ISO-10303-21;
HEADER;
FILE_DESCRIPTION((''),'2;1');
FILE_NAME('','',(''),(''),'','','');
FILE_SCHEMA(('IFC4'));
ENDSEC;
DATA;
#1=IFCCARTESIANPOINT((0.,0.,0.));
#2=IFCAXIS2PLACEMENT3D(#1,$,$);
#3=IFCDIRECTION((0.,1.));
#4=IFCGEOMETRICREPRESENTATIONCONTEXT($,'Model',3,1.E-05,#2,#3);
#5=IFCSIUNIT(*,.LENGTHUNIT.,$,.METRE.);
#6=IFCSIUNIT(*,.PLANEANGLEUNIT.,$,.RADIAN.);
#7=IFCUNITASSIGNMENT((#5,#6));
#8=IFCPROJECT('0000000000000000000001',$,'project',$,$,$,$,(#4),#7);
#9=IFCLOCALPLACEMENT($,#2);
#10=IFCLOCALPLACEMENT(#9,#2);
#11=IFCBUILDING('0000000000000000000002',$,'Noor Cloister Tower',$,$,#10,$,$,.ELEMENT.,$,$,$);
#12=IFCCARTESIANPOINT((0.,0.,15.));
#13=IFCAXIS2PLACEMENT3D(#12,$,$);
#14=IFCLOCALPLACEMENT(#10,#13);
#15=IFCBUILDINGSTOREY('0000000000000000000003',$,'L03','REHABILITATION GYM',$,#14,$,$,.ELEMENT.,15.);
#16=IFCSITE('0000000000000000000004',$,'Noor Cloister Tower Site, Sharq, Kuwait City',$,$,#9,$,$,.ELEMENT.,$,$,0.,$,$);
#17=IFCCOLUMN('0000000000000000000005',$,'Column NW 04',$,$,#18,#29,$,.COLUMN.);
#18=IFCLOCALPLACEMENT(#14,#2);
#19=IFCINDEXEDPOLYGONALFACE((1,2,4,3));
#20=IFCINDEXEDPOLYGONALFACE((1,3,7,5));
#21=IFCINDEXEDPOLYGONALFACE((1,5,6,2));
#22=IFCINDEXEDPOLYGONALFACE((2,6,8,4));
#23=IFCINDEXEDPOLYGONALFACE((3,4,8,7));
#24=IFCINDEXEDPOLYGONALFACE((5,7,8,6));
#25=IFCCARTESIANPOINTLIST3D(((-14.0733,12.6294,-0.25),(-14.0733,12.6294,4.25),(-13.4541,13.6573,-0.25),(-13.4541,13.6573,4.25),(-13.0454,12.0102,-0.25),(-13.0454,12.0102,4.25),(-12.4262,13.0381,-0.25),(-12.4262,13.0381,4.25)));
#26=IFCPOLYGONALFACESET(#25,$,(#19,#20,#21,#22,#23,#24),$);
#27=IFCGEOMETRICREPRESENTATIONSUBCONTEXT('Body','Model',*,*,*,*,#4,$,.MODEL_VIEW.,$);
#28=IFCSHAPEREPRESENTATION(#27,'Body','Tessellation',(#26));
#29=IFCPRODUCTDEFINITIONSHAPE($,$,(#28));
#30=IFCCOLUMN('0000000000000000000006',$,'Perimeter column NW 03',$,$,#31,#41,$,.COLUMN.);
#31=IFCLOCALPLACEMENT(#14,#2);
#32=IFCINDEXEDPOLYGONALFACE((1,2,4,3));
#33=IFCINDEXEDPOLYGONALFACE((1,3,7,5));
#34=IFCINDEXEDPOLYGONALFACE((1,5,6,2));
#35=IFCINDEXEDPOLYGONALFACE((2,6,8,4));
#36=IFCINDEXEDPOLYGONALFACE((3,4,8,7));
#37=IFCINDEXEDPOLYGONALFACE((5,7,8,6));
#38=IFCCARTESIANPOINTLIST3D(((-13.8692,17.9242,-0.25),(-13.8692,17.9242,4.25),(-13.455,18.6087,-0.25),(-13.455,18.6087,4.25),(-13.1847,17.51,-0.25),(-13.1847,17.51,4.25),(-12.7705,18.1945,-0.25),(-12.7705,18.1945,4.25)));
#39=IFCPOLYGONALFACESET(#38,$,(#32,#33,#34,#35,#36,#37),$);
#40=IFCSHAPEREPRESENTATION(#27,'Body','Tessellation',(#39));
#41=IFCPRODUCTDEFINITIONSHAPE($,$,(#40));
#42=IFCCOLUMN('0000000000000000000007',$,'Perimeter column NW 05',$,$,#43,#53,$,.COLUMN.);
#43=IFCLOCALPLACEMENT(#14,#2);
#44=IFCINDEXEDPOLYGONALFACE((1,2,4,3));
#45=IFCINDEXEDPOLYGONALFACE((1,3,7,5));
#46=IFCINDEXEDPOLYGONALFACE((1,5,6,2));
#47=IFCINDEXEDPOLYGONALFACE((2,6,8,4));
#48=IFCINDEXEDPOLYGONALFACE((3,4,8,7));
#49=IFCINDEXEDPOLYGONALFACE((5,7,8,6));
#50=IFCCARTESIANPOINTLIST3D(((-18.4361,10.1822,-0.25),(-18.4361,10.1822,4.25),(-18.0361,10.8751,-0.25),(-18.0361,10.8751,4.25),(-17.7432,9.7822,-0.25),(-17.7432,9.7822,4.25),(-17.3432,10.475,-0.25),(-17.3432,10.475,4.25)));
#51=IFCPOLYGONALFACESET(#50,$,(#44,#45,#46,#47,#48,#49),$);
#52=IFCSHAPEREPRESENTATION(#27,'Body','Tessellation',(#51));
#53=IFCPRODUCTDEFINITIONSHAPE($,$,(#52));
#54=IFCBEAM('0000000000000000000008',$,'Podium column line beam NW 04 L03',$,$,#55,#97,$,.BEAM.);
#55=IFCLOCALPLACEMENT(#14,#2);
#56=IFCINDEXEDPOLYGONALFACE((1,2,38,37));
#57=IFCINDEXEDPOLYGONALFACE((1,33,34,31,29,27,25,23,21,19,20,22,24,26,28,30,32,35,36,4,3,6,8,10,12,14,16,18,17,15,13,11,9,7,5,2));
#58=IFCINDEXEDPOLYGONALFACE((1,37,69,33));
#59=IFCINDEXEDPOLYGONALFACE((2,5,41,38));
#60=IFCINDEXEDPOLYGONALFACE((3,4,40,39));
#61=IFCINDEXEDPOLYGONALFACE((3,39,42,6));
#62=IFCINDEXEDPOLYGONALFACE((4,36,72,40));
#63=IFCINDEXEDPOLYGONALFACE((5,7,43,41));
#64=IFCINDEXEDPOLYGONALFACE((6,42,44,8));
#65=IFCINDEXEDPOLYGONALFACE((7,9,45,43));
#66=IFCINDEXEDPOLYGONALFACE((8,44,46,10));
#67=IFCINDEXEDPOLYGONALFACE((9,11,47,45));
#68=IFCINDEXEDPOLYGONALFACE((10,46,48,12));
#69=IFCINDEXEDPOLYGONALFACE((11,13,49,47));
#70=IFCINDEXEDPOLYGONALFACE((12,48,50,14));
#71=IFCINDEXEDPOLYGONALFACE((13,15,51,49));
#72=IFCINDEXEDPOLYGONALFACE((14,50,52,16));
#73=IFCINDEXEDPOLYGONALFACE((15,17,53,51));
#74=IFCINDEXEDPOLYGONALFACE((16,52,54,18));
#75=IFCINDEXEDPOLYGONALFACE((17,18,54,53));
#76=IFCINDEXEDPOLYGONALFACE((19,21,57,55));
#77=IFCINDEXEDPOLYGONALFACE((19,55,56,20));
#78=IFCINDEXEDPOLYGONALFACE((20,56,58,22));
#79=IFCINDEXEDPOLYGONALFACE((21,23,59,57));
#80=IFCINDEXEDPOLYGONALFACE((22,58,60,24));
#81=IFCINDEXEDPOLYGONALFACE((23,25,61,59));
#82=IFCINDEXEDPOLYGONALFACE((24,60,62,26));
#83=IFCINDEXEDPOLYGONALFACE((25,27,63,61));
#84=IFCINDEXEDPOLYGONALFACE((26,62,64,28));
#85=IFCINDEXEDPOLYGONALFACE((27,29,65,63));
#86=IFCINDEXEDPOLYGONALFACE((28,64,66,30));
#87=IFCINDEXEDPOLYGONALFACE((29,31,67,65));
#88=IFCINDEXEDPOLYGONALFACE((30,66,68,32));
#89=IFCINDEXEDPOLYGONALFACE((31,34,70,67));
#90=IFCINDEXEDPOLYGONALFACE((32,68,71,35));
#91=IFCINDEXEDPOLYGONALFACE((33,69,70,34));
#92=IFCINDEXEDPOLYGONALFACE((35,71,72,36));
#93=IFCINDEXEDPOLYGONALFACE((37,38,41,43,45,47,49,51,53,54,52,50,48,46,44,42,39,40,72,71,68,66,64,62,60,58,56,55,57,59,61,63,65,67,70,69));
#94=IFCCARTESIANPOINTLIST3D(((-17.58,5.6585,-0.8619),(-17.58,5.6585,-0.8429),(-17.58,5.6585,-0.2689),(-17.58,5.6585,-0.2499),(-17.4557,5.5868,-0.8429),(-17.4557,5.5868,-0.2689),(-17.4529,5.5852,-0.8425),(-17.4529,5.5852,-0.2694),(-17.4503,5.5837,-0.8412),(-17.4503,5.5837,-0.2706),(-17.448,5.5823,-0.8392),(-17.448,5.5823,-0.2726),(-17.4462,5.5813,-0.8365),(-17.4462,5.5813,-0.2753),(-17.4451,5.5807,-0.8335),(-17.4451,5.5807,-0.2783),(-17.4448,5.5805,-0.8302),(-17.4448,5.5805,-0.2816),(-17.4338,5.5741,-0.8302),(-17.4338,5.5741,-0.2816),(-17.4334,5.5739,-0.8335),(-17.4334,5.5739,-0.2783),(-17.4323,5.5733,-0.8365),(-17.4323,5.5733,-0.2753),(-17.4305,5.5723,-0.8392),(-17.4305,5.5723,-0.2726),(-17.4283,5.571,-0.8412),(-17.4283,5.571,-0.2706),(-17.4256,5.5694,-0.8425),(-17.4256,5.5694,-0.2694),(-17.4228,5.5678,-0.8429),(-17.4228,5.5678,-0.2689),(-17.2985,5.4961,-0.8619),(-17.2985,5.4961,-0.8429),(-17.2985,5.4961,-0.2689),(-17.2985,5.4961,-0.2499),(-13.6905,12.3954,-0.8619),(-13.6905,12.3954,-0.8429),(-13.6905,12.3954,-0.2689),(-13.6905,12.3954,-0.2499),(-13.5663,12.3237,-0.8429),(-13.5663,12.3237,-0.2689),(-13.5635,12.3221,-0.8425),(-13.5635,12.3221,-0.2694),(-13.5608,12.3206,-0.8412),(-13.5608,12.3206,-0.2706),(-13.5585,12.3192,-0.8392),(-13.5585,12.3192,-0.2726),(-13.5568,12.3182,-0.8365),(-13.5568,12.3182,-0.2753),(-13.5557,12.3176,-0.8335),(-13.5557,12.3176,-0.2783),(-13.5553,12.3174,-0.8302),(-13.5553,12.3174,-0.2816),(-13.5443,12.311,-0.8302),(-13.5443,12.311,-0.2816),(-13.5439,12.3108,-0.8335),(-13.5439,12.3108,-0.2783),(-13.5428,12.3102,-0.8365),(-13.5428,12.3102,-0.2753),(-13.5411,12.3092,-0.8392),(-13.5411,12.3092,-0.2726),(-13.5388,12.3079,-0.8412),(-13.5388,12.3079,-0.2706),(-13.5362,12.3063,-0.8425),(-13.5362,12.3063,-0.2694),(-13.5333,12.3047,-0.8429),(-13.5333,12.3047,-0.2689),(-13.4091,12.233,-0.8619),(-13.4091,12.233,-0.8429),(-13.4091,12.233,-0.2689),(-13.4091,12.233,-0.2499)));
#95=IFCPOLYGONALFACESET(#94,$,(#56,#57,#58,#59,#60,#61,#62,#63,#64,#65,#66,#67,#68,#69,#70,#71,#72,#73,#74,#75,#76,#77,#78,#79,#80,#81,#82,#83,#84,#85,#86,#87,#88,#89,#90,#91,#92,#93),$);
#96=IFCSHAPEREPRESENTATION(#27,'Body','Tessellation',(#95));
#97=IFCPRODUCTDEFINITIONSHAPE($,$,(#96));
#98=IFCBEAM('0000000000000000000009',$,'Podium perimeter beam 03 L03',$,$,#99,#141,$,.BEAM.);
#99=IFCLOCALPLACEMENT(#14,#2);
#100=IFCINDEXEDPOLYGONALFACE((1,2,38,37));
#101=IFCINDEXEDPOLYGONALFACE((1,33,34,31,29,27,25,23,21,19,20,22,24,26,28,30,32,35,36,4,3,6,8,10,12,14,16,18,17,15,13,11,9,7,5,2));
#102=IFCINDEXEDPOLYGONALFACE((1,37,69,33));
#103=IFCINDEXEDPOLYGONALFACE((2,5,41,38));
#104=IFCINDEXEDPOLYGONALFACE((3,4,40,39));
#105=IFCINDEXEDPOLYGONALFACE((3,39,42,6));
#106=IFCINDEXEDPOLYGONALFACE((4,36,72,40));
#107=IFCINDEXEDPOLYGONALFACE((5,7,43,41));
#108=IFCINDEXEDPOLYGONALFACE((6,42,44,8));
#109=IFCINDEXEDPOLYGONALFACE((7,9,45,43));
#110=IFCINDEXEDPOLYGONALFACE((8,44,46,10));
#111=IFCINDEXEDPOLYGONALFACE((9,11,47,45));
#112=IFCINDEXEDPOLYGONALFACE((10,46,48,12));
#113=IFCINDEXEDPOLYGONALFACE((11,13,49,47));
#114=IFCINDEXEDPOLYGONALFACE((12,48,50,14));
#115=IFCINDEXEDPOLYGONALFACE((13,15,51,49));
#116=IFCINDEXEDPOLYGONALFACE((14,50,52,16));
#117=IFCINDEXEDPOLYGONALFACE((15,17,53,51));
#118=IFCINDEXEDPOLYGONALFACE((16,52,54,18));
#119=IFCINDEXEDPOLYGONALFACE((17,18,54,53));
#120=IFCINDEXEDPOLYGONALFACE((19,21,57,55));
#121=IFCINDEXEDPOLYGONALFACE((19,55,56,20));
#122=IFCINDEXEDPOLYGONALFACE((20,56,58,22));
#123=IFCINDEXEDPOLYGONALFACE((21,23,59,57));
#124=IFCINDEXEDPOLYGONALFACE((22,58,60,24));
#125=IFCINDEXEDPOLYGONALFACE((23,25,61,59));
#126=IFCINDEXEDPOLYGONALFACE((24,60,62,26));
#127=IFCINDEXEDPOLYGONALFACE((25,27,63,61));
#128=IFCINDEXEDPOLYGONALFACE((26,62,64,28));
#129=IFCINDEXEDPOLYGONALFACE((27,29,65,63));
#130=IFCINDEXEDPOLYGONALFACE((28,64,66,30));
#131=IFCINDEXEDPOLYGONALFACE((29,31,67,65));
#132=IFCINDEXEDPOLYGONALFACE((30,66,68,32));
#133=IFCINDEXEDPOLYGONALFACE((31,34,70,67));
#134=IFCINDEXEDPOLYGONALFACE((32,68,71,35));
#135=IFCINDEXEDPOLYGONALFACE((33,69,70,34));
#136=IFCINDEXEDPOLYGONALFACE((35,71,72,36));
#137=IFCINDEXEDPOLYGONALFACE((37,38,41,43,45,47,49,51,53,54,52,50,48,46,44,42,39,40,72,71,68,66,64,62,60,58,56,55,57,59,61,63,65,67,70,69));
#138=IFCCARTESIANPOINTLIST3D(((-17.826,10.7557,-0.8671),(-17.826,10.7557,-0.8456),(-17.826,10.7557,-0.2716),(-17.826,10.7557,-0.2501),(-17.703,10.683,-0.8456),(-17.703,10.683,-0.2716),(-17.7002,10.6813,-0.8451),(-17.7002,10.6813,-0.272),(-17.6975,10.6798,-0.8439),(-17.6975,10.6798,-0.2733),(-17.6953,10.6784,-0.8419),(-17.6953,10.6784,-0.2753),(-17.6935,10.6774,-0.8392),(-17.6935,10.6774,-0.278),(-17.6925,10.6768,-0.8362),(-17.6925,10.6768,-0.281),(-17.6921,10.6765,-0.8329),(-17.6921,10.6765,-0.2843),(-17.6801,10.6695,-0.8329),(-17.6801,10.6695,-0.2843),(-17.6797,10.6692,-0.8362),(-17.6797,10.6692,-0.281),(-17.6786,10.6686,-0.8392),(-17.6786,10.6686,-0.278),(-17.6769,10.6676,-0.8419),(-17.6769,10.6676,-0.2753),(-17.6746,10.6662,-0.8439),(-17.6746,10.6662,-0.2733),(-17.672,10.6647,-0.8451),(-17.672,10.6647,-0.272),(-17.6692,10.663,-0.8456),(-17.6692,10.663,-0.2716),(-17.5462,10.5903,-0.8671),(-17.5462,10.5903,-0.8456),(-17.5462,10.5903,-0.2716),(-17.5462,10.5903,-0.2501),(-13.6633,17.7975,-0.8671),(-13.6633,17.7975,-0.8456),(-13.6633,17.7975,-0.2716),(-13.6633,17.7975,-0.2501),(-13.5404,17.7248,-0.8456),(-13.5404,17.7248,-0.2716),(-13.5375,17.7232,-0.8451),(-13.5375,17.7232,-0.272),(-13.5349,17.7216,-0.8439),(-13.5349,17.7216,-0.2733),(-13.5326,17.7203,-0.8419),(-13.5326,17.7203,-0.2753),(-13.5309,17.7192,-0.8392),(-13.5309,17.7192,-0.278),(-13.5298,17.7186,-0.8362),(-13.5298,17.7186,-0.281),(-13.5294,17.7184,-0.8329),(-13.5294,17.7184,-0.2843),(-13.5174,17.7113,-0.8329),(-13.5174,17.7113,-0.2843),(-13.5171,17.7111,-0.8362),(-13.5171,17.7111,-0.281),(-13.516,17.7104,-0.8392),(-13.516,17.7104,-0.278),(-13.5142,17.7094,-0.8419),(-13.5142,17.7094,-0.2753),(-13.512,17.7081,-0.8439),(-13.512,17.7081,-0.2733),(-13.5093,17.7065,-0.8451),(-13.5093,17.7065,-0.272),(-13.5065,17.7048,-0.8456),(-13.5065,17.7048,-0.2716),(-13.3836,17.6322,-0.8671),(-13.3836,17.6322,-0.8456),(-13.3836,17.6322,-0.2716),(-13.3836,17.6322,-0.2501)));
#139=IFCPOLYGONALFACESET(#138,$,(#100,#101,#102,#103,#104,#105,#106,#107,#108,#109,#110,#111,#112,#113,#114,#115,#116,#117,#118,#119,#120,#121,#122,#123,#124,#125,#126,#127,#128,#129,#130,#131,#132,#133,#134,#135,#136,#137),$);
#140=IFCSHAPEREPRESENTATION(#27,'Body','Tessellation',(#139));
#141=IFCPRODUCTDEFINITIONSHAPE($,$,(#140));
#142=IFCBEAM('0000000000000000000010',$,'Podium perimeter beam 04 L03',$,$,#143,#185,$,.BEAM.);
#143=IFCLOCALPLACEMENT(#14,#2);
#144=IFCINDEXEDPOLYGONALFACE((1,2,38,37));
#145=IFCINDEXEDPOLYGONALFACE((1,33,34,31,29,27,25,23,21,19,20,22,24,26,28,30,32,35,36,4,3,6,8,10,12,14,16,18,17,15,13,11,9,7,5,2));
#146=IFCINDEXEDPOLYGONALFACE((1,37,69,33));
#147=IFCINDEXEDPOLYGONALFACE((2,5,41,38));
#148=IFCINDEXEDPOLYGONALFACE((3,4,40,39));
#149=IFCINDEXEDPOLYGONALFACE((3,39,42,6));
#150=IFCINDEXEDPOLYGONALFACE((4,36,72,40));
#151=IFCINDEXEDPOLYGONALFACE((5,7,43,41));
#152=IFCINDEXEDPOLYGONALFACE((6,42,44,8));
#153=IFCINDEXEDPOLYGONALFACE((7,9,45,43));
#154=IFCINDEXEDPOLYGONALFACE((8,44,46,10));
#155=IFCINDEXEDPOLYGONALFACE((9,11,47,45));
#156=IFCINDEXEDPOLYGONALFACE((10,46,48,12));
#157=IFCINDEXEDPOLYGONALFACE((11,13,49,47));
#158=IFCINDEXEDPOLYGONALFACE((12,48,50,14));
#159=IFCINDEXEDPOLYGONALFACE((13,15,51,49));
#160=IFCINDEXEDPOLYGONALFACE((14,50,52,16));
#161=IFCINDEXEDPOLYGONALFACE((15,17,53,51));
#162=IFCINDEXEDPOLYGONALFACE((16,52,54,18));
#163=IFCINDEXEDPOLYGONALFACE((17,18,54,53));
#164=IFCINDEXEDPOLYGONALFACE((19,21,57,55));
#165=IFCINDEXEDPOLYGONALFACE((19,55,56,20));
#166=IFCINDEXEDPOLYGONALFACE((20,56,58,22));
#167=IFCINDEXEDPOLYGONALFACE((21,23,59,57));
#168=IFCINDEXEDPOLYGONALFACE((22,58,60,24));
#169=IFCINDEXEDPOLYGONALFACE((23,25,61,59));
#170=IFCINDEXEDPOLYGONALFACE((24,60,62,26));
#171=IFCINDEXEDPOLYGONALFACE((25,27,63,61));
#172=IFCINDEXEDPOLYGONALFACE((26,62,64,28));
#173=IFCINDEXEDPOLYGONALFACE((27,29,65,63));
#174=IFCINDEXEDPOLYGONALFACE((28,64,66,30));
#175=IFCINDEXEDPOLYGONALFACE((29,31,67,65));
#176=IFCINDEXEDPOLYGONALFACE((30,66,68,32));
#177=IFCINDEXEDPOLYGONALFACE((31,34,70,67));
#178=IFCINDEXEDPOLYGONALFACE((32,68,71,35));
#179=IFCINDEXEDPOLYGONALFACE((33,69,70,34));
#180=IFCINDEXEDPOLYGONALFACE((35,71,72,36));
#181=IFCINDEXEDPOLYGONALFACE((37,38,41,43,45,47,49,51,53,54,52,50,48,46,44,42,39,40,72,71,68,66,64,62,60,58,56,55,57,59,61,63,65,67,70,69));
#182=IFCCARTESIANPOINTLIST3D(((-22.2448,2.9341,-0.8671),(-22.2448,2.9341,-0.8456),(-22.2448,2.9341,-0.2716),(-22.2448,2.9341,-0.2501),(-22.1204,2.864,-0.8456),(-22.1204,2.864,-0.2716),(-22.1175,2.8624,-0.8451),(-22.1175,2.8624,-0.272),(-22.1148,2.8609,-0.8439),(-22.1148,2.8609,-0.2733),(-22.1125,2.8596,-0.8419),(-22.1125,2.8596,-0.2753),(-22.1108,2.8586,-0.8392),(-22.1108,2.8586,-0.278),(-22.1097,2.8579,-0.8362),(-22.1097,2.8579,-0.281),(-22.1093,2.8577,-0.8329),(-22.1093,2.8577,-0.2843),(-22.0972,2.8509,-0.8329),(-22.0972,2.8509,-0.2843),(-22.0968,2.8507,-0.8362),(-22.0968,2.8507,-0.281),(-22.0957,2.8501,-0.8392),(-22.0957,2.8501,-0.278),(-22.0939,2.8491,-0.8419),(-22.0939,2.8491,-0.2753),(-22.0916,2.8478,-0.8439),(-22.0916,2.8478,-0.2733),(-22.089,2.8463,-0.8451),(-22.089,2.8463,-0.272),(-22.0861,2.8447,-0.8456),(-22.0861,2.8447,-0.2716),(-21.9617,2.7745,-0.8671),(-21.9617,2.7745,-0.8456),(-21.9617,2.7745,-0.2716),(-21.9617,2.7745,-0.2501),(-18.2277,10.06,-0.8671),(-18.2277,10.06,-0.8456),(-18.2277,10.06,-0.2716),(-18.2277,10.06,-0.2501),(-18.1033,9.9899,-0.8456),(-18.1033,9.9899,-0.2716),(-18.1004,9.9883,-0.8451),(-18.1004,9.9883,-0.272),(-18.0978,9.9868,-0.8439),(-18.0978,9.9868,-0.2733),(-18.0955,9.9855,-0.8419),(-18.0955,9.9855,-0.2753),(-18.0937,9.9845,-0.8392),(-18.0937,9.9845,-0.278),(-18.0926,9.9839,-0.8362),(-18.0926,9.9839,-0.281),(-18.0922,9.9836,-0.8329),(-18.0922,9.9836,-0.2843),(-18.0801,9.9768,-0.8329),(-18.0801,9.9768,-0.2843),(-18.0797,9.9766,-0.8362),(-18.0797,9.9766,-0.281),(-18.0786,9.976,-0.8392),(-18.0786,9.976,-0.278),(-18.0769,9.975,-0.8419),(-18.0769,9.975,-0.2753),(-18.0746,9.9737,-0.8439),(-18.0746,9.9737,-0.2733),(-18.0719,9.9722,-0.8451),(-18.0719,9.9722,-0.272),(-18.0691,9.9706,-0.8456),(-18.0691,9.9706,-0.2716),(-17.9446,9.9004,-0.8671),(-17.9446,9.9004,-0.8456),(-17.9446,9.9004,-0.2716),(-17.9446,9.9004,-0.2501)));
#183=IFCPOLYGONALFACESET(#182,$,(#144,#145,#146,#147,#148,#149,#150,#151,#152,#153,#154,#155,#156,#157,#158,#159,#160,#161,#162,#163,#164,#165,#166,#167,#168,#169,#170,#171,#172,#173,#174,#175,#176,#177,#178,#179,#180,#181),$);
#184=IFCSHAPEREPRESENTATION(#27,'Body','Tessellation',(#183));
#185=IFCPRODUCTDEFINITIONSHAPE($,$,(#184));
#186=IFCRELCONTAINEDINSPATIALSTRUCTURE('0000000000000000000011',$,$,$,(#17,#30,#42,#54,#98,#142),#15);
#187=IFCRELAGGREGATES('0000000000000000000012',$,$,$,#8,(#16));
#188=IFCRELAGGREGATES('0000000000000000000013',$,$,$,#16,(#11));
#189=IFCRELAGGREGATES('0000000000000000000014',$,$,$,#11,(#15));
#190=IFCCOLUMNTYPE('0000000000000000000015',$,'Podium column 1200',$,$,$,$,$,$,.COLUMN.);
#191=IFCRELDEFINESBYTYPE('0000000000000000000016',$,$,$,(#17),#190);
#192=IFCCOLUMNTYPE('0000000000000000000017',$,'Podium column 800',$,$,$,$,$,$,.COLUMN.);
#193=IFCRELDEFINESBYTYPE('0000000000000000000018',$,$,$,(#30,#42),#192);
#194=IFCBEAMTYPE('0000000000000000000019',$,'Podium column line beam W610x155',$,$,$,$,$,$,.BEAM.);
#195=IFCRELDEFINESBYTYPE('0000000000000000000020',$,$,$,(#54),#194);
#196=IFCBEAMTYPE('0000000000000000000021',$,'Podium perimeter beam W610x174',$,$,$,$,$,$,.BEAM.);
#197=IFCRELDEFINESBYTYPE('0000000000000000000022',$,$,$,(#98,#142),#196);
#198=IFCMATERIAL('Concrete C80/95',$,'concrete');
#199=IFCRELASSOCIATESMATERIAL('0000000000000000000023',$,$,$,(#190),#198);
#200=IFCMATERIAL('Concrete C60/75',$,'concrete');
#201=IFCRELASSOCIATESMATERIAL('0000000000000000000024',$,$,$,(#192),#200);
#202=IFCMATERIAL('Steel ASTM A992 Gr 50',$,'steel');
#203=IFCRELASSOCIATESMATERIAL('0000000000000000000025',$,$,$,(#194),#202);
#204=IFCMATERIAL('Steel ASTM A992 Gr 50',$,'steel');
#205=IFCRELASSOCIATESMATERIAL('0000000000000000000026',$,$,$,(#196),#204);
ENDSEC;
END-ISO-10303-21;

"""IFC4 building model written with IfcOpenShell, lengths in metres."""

from ifc_helpers import new_model, si_unit, direction, frame, origin, origin_2d, place, context, subcontext, project, spatial, rectangle, i_section, extrude, material, material_profile, profile_set, type_object, element, save


model = new_model("IFC4")

# Units and contexts
model_context = context("Model", 3, precision=1e-05, world=origin(), true_north=direction((0.0, 1.0)))
body_context = subcontext(model_context, "Body", "Model", "MODEL_VIEW")
ifc_project = project(units=[si_unit("LENGTHUNIT", "METRE"), si_unit("PLANEANGLEUNIT", "RADIAN")], contexts=[model_context])

# Site, building, storey
site_placement = place(None, origin())
site = spatial("IfcSite", under=ifc_project, at=site_placement, Name="Noor Cloister Tower Site, Sharq, Kuwait City", CompositionType="ELEMENT", RefElevation=0.0)
building_placement = place(site_placement, origin())
building = spatial("IfcBuilding", under=site, at=building_placement, Name="Noor Cloister Tower", CompositionType="ELEMENT")
storey_placement = place(building_placement, frame((0.0, 0.0, 15.0)))
storey = spatial("IfcBuildingStorey", under=building, at=storey_placement, Name="L03", Description="REHABILITATION GYM", CompositionType="ELEMENT", Elevation=15.0)

# Columns
ifc_material_1 = material(Name="Concrete C80/95", Category="concrete")
ifc_material_profile_1 = material_profile(ifc_material_1, rectangle(XDim=1.2, YDim=1.2, at=origin_2d()), Name="Podium column 1200")
ifc_profile_set_1 = profile_set([ifc_material_profile_1], Name="Concrete C80/95")
column_type_1 = type_object("IfcColumnType", Name="Podium column 1200", PredefinedType="COLUMN", material=ifc_profile_set_1)
column_placement = place(storey_placement, frame((-13.2498, 12.8337, -0.25), z_axis=(0.0, 0.0, 1.0), x_axis=(-0.8566, 0.515981, 0.0)))
element("IfcColumn", 1, at=column_placement, inside=storey, type_object=column_type_1, Name="Column NW 04", PredefinedType="COLUMN", context=body_context, shape_type="SweptSolid", body=[
    extrude(rectangle(XDim=1.2, YDim=1.2, at=origin_2d()), origin(), (0.0, 0.0, 1.0), 4.5),
])
ifc_material_2 = material(Name="Concrete C60/75", Category="concrete")
ifc_material_profile_2 = material_profile(ifc_material_2, rectangle(XDim=0.8, YDim=0.8, at=origin_2d()), Name="Podium column 800")
ifc_profile_set_2 = profile_set([ifc_material_profile_2], Name="Concrete C60/75")
column_type_2 = type_object("IfcColumnType", Name="Podium column 800", PredefinedType="COLUMN", material=ifc_profile_set_2)
for number, where, z_axis, x_axis, name in (
    (2, (-13.3198, 18.0593, -0.25), (0.0, 0.0, 1.0), (-0.855574, 0.51768, 0.0), "Perimeter column NW 03"),
    (3, (-17.8896, 10.3286, -0.25), (0.0, 0.0, 1.0), (-0.866025, 0.5, 0.0), "Perimeter column NW 05"),
):
    element("IfcColumn", number, at=place(storey_placement, frame(where, z_axis=z_axis, x_axis=x_axis)), inside=storey, type_object=column_type_2, Name=name, PredefinedType="COLUMN", context=body_context, shape_type="SweptSolid", body=[
        extrude(rectangle(XDim=0.8, YDim=0.8, at=origin_2d()), origin(), (0.0, 0.0, 1.0), 4.5),
    ])

# Beams
ifc_material_3 = material(Name="Steel ASTM A992 Gr 50", Category="steel")
ifc_material_profile_3 = material_profile(ifc_material_3, i_section(OverallWidth=0.325, OverallDepth=0.6121, WebThickness=0.0127, FlangeThickness=0.019, FilletRadius=0.0127, at=origin_2d()), Name="W610x155")
ifc_profile_set_3 = profile_set([ifc_material_profile_3], Name="Steel ASTM A992 Gr 50")
beam_type_1 = type_object("IfcBeamType", Name="Podium column line beam W610x155", PredefinedType="BEAM", material=ifc_profile_set_3)
beam_1_placement = place(storey_placement, frame((-13.5498, 12.3142, -0.5559), z_axis=(-0.499991, -0.866031, 0.0), x_axis=(0.866031, -0.499991, 0.0)))
element("IfcBeam", 4, at=beam_1_placement, inside=storey, type_object=beam_type_1, Name="Podium column line beam NW 04 L03", PredefinedType="BEAM", context=body_context, shape_type="SweptSolid", body=[
    extrude(i_section(OverallWidth=0.325, OverallDepth=0.6121, WebThickness=0.0127, FlangeThickness=0.019, FilletRadius=0.0127, at=origin_2d()), origin(), (0.0, 0.0, 1.0), 7.7791),
])
ifc_material_4 = material(Name="Steel ASTM A992 Gr 50", Category="steel")
ifc_material_profile_4 = material_profile(ifc_material_4, i_section(OverallWidth=0.325, OverallDepth=0.6169, WebThickness=0.0139, FlangeThickness=0.0215, FilletRadius=0.0127, at=origin_2d()), Name="W610x174")
ifc_profile_set_4 = profile_set([ifc_material_profile_4], Name="Steel ASTM A992 Gr 50")
beam_type_2 = type_object("IfcBeamType", Name="Podium perimeter beam W610x174", PredefinedType="BEAM", material=ifc_profile_set_4)
for number, where, z_axis, x_axis, name in (
    (5, (-13.5234, 17.7148, -0.5586), (-0.508871, -0.860843, 0.0), (0.860843, -0.508871, 0.0), "Podium perimeter beam 03 L03"),
    (6, (-18.0862, 9.9802, -0.5586), (-0.491072, -0.871119, 0.0), (0.871119, -0.491072, 0.0), "Podium perimeter beam 04 L03"),
):
    element("IfcBeam", number, at=place(storey_placement, frame(where, z_axis=z_axis, x_axis=x_axis)), inside=storey, type_object=beam_type_2, Name=name, PredefinedType="BEAM", context=body_context, shape_type="SweptSolid", body=[
        extrude(i_section(OverallWidth=0.325, OverallDepth=0.6169, WebThickness=0.0139, FlangeThickness=0.0215, FilletRadius=0.0127, at=origin_2d()), origin(), (0.0, 0.0, 1.0), 8.1802),
    ])

save(model, "model.ifc")
